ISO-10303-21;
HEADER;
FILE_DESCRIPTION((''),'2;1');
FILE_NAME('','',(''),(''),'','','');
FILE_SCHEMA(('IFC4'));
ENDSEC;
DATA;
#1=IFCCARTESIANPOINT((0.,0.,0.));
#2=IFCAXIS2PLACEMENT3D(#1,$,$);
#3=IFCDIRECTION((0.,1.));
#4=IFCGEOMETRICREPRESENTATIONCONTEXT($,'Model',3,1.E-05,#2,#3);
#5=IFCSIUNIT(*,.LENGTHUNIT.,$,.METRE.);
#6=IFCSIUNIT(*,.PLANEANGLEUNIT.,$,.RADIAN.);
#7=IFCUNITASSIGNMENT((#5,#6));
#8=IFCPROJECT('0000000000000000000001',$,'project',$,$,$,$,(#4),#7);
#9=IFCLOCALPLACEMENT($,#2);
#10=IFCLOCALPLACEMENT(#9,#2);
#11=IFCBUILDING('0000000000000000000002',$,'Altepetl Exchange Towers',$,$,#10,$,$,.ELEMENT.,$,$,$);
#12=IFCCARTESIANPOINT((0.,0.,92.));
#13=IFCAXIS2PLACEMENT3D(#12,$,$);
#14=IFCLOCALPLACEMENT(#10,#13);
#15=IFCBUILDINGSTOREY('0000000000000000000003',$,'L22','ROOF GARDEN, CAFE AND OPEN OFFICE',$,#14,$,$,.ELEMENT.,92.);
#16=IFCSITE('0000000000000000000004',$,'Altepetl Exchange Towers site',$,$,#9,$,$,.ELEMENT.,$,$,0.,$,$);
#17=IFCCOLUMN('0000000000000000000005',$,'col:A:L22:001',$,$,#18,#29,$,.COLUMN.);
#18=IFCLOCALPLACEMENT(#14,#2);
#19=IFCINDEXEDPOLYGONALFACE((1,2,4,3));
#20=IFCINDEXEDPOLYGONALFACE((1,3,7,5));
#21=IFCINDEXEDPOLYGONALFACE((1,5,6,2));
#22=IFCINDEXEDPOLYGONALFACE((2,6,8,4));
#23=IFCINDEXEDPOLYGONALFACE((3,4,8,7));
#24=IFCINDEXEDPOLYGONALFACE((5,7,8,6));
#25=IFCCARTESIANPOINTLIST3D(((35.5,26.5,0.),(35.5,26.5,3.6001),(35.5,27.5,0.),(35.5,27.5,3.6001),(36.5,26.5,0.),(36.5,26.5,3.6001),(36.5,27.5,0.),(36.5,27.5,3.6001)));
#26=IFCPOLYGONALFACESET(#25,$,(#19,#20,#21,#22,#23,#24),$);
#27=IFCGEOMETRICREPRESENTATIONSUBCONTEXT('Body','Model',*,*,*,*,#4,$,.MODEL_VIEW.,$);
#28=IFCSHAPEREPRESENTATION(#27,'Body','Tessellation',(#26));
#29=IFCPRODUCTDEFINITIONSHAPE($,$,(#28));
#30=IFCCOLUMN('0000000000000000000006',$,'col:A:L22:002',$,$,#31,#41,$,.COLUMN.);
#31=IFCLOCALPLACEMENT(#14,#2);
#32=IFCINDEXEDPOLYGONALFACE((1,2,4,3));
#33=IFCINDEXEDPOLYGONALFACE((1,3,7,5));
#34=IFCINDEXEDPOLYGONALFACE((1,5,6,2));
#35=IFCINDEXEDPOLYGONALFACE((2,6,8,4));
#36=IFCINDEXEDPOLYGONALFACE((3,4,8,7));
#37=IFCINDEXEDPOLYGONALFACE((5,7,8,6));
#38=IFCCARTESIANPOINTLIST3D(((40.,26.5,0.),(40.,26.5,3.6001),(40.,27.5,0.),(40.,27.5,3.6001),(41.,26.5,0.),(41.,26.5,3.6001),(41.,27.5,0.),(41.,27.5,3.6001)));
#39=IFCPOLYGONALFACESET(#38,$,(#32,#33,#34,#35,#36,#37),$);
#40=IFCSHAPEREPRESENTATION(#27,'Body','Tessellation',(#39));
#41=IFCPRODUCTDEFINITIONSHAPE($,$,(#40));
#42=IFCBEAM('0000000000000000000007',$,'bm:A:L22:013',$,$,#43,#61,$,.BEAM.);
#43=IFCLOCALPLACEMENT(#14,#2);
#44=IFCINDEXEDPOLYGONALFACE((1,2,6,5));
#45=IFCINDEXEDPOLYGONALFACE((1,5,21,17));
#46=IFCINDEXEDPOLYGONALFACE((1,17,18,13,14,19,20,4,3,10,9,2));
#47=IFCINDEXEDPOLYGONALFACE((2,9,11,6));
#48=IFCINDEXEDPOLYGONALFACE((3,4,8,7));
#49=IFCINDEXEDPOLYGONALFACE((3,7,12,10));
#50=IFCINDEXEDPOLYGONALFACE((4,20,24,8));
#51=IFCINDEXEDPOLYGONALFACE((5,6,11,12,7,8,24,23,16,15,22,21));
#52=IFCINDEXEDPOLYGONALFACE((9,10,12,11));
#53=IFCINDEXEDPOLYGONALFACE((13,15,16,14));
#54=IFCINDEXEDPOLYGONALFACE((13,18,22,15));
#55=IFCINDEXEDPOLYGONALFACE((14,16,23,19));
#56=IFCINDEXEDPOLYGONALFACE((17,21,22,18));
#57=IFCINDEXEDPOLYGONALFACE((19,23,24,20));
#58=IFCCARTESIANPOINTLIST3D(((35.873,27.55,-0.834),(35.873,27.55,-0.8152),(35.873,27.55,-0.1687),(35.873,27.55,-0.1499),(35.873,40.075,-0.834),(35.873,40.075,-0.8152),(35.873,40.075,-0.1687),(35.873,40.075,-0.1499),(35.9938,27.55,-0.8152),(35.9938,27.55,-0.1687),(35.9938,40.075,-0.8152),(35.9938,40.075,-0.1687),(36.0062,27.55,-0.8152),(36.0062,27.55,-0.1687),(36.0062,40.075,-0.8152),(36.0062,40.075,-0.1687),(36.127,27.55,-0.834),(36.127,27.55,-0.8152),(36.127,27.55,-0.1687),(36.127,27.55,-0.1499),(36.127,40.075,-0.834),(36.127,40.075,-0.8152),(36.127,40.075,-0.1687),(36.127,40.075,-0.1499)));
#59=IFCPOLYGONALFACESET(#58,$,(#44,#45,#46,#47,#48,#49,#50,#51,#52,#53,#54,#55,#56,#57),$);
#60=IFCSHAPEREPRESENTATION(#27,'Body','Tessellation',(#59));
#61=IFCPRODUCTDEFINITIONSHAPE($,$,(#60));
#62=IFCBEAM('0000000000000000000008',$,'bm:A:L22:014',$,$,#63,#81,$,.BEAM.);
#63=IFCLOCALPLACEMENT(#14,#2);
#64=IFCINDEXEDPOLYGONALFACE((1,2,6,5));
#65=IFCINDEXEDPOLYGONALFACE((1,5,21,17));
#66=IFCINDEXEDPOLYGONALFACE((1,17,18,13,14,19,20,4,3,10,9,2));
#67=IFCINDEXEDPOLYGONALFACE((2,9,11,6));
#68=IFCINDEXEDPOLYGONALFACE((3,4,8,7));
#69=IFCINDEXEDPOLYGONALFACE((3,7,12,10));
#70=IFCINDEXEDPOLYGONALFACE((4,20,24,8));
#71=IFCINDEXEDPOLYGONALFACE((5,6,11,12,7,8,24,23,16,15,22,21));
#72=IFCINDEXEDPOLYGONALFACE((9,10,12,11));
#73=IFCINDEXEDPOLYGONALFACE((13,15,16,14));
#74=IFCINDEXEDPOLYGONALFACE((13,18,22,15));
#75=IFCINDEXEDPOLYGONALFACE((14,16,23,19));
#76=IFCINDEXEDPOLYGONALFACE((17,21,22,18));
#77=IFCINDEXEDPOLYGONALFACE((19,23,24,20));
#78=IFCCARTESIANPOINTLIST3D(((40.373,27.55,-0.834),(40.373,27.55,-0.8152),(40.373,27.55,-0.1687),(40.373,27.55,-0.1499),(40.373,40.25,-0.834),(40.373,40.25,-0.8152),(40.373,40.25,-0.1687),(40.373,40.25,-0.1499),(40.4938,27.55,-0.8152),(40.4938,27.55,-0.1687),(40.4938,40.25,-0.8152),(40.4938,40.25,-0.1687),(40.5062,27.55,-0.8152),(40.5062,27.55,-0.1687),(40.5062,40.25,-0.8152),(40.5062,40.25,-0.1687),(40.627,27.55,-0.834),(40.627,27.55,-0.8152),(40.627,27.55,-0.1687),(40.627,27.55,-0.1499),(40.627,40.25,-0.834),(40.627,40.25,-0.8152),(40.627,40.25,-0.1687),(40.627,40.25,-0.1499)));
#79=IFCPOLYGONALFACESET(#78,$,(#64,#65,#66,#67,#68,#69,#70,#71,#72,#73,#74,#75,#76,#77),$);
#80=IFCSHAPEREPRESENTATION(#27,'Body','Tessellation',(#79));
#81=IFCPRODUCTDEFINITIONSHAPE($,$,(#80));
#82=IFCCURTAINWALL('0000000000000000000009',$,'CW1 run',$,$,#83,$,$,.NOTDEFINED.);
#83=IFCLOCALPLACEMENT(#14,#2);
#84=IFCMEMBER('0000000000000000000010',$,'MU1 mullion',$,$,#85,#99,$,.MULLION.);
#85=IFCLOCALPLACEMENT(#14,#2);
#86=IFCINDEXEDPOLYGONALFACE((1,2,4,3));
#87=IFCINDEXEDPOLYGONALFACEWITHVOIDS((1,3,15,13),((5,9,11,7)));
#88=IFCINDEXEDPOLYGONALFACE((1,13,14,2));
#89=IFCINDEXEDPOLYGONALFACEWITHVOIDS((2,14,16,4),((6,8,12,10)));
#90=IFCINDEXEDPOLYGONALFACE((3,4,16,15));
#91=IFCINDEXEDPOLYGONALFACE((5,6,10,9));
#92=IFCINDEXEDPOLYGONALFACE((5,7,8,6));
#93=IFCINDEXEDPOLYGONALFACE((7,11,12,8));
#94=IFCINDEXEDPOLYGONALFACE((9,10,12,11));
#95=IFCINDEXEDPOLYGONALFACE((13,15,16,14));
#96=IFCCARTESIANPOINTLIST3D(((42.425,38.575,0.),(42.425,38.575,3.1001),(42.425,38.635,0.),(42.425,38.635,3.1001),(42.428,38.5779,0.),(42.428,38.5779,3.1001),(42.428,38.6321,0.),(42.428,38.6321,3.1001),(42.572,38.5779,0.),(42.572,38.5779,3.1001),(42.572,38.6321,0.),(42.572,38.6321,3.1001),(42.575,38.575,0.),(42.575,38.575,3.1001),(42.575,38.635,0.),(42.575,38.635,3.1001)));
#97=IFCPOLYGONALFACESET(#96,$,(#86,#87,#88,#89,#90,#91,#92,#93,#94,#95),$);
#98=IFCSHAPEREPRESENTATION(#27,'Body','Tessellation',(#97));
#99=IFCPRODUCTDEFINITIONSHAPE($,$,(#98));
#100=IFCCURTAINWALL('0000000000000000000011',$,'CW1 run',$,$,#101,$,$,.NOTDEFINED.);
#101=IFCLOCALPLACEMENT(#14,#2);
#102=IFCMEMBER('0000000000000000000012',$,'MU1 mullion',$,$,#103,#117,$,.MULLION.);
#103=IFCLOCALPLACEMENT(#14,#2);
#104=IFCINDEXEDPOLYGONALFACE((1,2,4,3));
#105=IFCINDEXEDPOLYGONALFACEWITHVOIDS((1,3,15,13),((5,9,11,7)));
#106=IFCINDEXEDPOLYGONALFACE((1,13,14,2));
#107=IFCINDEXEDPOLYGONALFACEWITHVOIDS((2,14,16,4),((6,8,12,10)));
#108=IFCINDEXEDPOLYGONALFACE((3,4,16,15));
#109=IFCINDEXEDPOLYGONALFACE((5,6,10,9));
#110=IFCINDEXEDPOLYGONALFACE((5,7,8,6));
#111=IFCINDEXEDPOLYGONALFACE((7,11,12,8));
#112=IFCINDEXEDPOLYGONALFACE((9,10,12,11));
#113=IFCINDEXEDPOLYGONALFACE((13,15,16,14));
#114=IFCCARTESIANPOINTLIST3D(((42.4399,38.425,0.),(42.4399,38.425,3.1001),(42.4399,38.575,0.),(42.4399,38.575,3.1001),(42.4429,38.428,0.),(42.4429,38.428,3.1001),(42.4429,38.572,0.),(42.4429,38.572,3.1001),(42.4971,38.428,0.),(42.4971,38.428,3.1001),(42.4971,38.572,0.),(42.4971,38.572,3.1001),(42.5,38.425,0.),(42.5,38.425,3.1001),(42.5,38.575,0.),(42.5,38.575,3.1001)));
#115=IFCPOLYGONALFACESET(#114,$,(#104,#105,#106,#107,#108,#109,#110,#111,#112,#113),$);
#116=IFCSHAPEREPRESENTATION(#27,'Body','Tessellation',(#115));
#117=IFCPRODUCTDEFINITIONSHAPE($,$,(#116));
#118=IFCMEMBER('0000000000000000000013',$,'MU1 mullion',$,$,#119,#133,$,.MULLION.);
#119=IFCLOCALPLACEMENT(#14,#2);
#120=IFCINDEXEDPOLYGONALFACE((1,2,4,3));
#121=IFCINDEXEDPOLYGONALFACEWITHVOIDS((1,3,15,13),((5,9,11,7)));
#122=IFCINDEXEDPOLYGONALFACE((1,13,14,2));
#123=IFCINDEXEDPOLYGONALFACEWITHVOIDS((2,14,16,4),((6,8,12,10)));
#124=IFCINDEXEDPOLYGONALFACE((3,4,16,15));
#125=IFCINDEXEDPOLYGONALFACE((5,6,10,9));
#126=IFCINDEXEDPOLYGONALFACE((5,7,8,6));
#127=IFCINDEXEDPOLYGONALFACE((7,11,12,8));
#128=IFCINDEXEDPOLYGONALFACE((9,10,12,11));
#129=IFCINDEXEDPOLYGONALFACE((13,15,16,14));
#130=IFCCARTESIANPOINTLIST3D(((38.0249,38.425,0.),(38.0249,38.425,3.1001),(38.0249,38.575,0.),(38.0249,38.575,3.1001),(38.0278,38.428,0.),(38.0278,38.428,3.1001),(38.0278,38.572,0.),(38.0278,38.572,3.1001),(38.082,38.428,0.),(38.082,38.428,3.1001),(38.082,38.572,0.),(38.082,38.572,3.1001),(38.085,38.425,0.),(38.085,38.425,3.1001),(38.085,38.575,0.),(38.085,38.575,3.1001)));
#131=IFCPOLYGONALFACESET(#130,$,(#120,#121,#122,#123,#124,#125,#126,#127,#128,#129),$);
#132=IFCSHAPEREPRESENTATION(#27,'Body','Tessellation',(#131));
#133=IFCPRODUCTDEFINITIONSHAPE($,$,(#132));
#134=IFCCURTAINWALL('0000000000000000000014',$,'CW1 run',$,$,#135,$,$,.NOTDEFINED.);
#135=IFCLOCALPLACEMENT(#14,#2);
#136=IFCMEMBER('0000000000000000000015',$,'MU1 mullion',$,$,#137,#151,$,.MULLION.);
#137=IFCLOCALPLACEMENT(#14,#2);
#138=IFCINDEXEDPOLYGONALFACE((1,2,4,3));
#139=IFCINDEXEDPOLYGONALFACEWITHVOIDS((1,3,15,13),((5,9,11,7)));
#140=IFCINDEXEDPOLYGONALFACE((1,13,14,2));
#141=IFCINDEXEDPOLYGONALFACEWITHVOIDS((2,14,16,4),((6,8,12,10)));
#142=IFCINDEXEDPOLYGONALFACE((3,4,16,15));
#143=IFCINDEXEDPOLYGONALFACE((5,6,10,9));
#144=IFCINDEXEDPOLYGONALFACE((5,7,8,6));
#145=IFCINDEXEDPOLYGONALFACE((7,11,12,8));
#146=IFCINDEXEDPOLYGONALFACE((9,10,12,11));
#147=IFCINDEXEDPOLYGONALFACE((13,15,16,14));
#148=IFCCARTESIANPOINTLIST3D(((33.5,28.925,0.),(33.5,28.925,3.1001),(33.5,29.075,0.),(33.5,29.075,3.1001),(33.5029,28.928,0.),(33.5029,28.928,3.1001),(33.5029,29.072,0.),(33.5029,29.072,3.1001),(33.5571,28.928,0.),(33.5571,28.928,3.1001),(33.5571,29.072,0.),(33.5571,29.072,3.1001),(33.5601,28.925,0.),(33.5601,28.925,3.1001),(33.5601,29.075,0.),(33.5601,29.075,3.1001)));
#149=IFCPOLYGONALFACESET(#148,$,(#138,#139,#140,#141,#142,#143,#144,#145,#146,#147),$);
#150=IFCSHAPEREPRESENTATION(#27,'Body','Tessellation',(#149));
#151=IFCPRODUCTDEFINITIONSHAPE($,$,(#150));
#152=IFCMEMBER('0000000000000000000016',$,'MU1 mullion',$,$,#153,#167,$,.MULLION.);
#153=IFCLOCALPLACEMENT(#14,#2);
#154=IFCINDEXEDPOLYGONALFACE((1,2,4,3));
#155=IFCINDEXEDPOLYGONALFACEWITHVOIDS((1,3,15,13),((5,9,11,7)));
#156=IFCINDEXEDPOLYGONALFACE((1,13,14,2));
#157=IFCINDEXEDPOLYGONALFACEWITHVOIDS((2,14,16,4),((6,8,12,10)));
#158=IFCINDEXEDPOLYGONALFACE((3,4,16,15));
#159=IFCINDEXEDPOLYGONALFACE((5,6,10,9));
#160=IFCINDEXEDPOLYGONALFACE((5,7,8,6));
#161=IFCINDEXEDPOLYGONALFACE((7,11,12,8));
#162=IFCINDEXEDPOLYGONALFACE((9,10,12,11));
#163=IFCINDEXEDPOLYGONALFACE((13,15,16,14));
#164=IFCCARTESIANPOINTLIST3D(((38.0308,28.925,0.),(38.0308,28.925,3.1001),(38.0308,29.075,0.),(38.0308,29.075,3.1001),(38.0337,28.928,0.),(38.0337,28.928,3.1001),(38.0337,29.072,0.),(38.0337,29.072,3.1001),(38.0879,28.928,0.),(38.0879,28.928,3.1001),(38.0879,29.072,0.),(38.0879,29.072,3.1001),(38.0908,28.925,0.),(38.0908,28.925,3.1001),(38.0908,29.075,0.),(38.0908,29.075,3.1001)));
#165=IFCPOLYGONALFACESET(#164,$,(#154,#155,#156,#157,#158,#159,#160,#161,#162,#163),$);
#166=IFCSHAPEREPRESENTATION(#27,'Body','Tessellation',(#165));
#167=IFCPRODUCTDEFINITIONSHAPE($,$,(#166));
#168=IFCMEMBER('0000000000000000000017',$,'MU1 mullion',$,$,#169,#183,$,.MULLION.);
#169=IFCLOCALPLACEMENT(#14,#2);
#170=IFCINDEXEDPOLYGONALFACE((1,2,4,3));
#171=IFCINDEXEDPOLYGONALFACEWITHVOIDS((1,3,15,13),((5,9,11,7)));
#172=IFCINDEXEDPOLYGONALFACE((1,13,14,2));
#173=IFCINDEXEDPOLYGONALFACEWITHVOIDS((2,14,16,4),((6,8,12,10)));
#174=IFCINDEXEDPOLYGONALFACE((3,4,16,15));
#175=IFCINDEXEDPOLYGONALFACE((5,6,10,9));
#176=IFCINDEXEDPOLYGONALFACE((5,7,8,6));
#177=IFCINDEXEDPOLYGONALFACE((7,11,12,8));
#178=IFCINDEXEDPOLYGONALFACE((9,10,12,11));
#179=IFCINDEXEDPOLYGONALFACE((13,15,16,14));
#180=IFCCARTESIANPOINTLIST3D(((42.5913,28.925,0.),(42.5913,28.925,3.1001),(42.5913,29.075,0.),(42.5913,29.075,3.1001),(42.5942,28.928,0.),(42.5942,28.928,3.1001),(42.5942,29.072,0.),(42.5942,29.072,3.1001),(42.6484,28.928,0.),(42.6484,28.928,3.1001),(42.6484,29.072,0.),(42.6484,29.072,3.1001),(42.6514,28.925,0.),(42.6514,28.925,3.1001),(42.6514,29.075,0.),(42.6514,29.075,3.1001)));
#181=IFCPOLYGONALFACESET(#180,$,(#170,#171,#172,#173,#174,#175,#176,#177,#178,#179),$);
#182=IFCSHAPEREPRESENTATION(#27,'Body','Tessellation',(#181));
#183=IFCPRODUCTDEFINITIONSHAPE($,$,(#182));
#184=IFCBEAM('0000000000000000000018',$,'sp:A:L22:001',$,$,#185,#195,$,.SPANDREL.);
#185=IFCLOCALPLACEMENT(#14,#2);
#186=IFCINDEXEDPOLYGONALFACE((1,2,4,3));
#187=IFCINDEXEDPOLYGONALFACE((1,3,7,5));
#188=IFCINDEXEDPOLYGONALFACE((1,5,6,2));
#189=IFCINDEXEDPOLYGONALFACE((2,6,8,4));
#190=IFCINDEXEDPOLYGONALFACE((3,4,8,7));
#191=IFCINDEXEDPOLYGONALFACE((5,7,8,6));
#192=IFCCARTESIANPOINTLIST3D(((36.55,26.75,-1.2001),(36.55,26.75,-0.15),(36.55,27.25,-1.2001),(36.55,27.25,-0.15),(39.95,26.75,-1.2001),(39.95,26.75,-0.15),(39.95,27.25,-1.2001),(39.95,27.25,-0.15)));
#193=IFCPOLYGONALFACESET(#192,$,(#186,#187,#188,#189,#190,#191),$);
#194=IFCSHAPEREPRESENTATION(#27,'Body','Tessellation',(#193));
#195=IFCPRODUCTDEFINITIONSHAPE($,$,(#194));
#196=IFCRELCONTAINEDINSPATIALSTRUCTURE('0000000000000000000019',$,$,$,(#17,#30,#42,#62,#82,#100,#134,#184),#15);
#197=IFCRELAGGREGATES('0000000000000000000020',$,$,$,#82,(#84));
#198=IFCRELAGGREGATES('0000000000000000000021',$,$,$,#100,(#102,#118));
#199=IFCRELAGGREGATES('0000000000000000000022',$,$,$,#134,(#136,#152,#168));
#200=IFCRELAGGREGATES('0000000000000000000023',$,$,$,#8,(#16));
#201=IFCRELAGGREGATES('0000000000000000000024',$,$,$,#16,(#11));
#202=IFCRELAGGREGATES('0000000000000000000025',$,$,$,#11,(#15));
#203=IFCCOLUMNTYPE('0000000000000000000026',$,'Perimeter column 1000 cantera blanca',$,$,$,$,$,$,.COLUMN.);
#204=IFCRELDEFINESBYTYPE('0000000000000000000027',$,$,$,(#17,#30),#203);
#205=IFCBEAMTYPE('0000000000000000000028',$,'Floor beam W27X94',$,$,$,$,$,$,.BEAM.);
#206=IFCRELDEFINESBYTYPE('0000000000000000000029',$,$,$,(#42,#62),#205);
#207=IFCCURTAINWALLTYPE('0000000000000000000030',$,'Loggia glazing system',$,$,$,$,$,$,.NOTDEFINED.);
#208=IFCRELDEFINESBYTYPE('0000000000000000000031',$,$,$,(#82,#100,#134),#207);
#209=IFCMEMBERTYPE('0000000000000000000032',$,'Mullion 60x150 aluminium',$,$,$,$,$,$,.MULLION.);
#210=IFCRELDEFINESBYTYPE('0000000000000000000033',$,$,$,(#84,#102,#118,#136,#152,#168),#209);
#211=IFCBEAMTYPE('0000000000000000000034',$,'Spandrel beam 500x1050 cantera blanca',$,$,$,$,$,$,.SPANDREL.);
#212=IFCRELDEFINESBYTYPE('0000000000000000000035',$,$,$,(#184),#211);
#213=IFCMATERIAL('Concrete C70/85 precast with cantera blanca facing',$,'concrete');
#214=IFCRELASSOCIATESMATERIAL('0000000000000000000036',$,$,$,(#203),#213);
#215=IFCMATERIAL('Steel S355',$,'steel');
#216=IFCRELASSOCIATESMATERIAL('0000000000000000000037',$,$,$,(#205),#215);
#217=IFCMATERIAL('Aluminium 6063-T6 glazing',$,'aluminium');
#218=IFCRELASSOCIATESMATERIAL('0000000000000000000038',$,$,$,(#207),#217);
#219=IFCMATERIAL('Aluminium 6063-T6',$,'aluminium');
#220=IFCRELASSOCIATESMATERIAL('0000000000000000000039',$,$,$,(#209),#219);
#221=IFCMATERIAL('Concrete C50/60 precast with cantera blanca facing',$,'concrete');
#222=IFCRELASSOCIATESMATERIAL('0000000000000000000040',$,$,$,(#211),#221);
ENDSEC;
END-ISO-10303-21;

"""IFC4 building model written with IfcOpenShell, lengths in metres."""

from ifc_helpers import new_model, si_unit, direction, frame, origin, origin_2d, place, context, subcontext, project, spatial, rectangle, hollow_rectangle, i_section, extrude, material, material_profile, profile_set, type_object, element, aggregate, save


model = new_model("IFC4")

# Units and contexts
model_context = context("Model", 3, precision=1e-05, world=origin(), true_north=direction((0.0, 1.0)))
body_context = subcontext(model_context, "Body", "Model", "MODEL_VIEW")
ifc_project = project(units=[si_unit("LENGTHUNIT", "METRE"), si_unit("PLANEANGLEUNIT", "RADIAN")], contexts=[model_context])

# Site, building, storey
site_placement = place(None, origin())
site = spatial("IfcSite", under=ifc_project, at=site_placement, Name="Altepetl Exchange Towers site", CompositionType="ELEMENT", RefElevation=0.0)
building_placement = place(site_placement, origin())
building = spatial("IfcBuilding", under=site, at=building_placement, Name="Altepetl Exchange Towers", CompositionType="ELEMENT")
storey_placement = place(building_placement, frame((0.0, 0.0, 92.0)))
storey = spatial("IfcBuildingStorey", under=building, at=storey_placement, Name="L22", Description="ROOF GARDEN, CAFE AND OPEN OFFICE", CompositionType="ELEMENT", Elevation=92.0)

# Columns
ifc_material_1 = material(Name="Concrete C70/85 precast with cantera blanca facing", Category="concrete")
ifc_material_profile_1 = material_profile(ifc_material_1, rectangle(XDim=1.0, YDim=1.0, at=origin_2d()), Name="1000 x 1000")
ifc_profile_set_1 = profile_set([ifc_material_profile_1], Name="Concrete C70/85 precast with cantera blanca facing")
column_type = type_object("IfcColumnType", Name="Perimeter column 1000 cantera blanca", PredefinedType="COLUMN", material=ifc_profile_set_1)
for number, where, name in (
    (1, (36.0, 27.0, 0.0), "col:A:L22:001"),
    (2, (40.5, 27.0, 0.0), "col:A:L22:002"),
):
    element("IfcColumn", number, at=place(storey_placement, frame(where)), inside=storey, type_object=column_type, Name=name, PredefinedType="COLUMN", context=body_context, shape_type="SweptSolid", body=[
        extrude(rectangle(XDim=1.0, YDim=1.0, at=origin_2d()), origin(), (0.0, 0.0, 1.0), 3.6001),
    ])

# Beams
ifc_material_2 = material(Name="Steel S355", Category="steel")
ifc_material_profile_2 = material_profile(ifc_material_2, i_section(OverallWidth=0.2539, OverallDepth=0.6841, WebThickness=0.0125, FlangeThickness=0.0188, at=origin_2d()), Name="W27X94")
ifc_profile_set_2 = profile_set([ifc_material_profile_2], Name="Steel S355")
beam_type_1 = type_object("IfcBeamType", Name="Floor beam W27X94", PredefinedType="BEAM", material=ifc_profile_set_2)
beam_1_placement = place(storey_placement, frame((36.0, 27.55, -0.4919), z_axis=(0.0, 1.0, 0.0), x_axis=(-1.0, 0.0, 0.0)))
element("IfcBeam", 3, at=beam_1_placement, inside=storey, type_object=beam_type_1, Name="bm:A:L22:013", PredefinedType="BEAM", context=body_context, shape_type="SweptSolid", body=[
    extrude(i_section(OverallWidth=0.2539, OverallDepth=0.6841, WebThickness=0.0125, FlangeThickness=0.0188, at=origin_2d()), origin(), (0.0, 0.0, 1.0), 12.5249),
])
beam_2_placement = place(storey_placement, frame((40.5, 27.55, -0.4919), z_axis=(0.0, 1.0, 0.0), x_axis=(-1.0, 0.0, 0.0)))
element("IfcBeam", 4, at=beam_2_placement, inside=storey, type_object=beam_type_1, Name="bm:A:L22:014", PredefinedType="BEAM", context=body_context, shape_type="SweptSolid", body=[
    extrude(i_section(OverallWidth=0.2539, OverallDepth=0.6841, WebThickness=0.0125, FlangeThickness=0.0188, at=origin_2d()), origin(), (0.0, 0.0, 1.0), 12.7),
])

# Curtain wall, member
ifc_material_3 = material(Name="Aluminium 6063-T6 glazing", Category="aluminium")
curtain_wall_type = type_object("IfcCurtainWallType", Name="Loggia glazing system", PredefinedType="NOTDEFINED", material=ifc_material_3)
curtain_wall_1_placement = place(storey_placement, origin())
curtain_wall_1 = element("IfcCurtainWall", 5, at=curtain_wall_1_placement, inside=storey, type_object=curtain_wall_type, Name="CW1 run", PredefinedType="NOTDEFINED")
ifc_material_4 = material(Name="Aluminium 6063-T6", Category="aluminium")
ifc_material_profile_3 = material_profile(ifc_material_4, hollow_rectangle(XDim=0.0601, YDim=0.1499, WallThickness=0.0029, at=origin_2d()), Name="Mullion 60x150 aluminium")
ifc_profile_set_3 = profile_set([ifc_material_profile_3], Name="Aluminium 6063-T6")
member_type = type_object("IfcMemberType", Name="Mullion 60x150 aluminium", PredefinedType="MULLION", material=ifc_profile_set_3)
member_1_placement = place(storey_placement, frame((42.5, 38.605, 0.0), z_axis=(0.0, 0.0, 1.0), x_axis=(0.0, -1.0, 0.0)))
member_1 = element("IfcMember", 6, at=member_1_placement, type_object=member_type, Name="MU1 mullion", PredefinedType="MULLION", context=body_context, shape_type="SweptSolid", body=[
    extrude(hollow_rectangle(XDim=0.0601, YDim=0.1499, WallThickness=0.0029, at=origin_2d()), origin(), (0.0, 0.0, 1.0), 3.1001),
])
aggregate(curtain_wall_1, [member_1])

# Curtain walls, members
curtain_wall_2_placement = place(storey_placement, origin())
curtain_wall_2 = element("IfcCurtainWall", 7, at=curtain_wall_2_placement, inside=storey, type_object=curtain_wall_type, Name="CW1 run", PredefinedType="NOTDEFINED")
member_2_placement = place(storey_placement, frame((42.47, 38.5, 0.0), z_axis=(0.0, 0.0, 1.0), x_axis=(-1.0, 0.0, 0.0)))
member_2 = element("IfcMember", 8, at=member_2_placement, type_object=member_type, Name="MU1 mullion", PredefinedType="MULLION", context=body_context, shape_type="SweptSolid", body=[
    extrude(hollow_rectangle(XDim=0.0601, YDim=0.1499, WallThickness=0.0029, at=origin_2d()), origin(), (0.0, 0.0, 1.0), 3.1001),
])
member_3_placement = place(storey_placement, frame((38.0549, 38.5, 0.0), z_axis=(0.0, 0.0, 1.0), x_axis=(-1.0, 0.0, 0.0)))
member_3 = element("IfcMember", 9, at=member_3_placement, type_object=member_type, Name="MU1 mullion", PredefinedType="MULLION", context=body_context, shape_type="SweptSolid", body=[
    extrude(hollow_rectangle(XDim=0.0601, YDim=0.1499, WallThickness=0.0029, at=origin_2d()), origin(), (0.0, 0.0, 1.0), 3.1001),
])
curtain_wall_3_placement = place(storey_placement, origin())
curtain_wall_3 = element("IfcCurtainWall", 10, at=curtain_wall_3_placement, inside=storey, type_object=curtain_wall_type, Name="CW1 run", PredefinedType="NOTDEFINED")
member_4_placement = place(storey_placement, frame((33.53, 29.0, 0.0)))
member_4 = element("IfcMember", 11, at=member_4_placement, type_object=member_type, Name="MU1 mullion", PredefinedType="MULLION", context=body_context, shape_type="SweptSolid", body=[
    extrude(hollow_rectangle(XDim=0.0601, YDim=0.1499, WallThickness=0.0029, at=origin_2d()), origin(), (0.0, 0.0, 1.0), 3.1001),
])
member_5_placement = place(storey_placement, frame((38.0608, 29.0, 0.0)))
member_5 = element("IfcMember", 12, at=member_5_placement, type_object=member_type, Name="MU1 mullion", PredefinedType="MULLION", context=body_context, shape_type="SweptSolid", body=[
    extrude(hollow_rectangle(XDim=0.0601, YDim=0.1499, WallThickness=0.0029, at=origin_2d()), origin(), (0.0, 0.0, 1.0), 3.1001),
])
member_6_placement = place(storey_placement, frame((42.6213, 29.0, 0.0)))
member_6 = element("IfcMember", 13, at=member_6_placement, type_object=member_type, Name="MU1 mullion", PredefinedType="MULLION", context=body_context, shape_type="SweptSolid", body=[
    extrude(hollow_rectangle(XDim=0.0601, YDim=0.1499, WallThickness=0.0029, at=origin_2d()), origin(), (0.0, 0.0, 1.0), 3.1001),
])

# Beam
ifc_material_5 = material(Name="Concrete C50/60 precast with cantera blanca facing", Category="concrete")
ifc_material_profile_4 = material_profile(ifc_material_5, rectangle(XDim=0.5, YDim=1.05, at=origin_2d()), Name="500 x 1050")
ifc_profile_set_4 = profile_set([ifc_material_profile_4], Name="Concrete C50/60 precast with cantera blanca facing")
beam_type_2 = type_object("IfcBeamType", Name="Spandrel beam 500x1050 cantera blanca", PredefinedType="SPANDREL", material=ifc_profile_set_4)
for number, where, z_axis, x_axis, name in (
    (14, (36.55, 27.0, -0.675), (1.0, 0.0, 0.0), (0.0, 1.0, 0.0), "sp:A:L22:001"),
):
    element("IfcBeam", number, at=place(storey_placement, frame(where, z_axis=z_axis, x_axis=x_axis)), inside=storey, type_object=beam_type_2, Name=name, PredefinedType="SPANDREL", context=body_context, shape_type="SweptSolid", body=[
        extrude(rectangle(XDim=0.5, YDim=1.05, at=origin_2d()), origin(), (0.0, 0.0, 1.0), 3.3999),
    ])

aggregate(curtain_wall_2, [member_2, member_3])
aggregate(curtain_wall_3, [member_4, member_5, member_6])

save(model, "model.ifc")
